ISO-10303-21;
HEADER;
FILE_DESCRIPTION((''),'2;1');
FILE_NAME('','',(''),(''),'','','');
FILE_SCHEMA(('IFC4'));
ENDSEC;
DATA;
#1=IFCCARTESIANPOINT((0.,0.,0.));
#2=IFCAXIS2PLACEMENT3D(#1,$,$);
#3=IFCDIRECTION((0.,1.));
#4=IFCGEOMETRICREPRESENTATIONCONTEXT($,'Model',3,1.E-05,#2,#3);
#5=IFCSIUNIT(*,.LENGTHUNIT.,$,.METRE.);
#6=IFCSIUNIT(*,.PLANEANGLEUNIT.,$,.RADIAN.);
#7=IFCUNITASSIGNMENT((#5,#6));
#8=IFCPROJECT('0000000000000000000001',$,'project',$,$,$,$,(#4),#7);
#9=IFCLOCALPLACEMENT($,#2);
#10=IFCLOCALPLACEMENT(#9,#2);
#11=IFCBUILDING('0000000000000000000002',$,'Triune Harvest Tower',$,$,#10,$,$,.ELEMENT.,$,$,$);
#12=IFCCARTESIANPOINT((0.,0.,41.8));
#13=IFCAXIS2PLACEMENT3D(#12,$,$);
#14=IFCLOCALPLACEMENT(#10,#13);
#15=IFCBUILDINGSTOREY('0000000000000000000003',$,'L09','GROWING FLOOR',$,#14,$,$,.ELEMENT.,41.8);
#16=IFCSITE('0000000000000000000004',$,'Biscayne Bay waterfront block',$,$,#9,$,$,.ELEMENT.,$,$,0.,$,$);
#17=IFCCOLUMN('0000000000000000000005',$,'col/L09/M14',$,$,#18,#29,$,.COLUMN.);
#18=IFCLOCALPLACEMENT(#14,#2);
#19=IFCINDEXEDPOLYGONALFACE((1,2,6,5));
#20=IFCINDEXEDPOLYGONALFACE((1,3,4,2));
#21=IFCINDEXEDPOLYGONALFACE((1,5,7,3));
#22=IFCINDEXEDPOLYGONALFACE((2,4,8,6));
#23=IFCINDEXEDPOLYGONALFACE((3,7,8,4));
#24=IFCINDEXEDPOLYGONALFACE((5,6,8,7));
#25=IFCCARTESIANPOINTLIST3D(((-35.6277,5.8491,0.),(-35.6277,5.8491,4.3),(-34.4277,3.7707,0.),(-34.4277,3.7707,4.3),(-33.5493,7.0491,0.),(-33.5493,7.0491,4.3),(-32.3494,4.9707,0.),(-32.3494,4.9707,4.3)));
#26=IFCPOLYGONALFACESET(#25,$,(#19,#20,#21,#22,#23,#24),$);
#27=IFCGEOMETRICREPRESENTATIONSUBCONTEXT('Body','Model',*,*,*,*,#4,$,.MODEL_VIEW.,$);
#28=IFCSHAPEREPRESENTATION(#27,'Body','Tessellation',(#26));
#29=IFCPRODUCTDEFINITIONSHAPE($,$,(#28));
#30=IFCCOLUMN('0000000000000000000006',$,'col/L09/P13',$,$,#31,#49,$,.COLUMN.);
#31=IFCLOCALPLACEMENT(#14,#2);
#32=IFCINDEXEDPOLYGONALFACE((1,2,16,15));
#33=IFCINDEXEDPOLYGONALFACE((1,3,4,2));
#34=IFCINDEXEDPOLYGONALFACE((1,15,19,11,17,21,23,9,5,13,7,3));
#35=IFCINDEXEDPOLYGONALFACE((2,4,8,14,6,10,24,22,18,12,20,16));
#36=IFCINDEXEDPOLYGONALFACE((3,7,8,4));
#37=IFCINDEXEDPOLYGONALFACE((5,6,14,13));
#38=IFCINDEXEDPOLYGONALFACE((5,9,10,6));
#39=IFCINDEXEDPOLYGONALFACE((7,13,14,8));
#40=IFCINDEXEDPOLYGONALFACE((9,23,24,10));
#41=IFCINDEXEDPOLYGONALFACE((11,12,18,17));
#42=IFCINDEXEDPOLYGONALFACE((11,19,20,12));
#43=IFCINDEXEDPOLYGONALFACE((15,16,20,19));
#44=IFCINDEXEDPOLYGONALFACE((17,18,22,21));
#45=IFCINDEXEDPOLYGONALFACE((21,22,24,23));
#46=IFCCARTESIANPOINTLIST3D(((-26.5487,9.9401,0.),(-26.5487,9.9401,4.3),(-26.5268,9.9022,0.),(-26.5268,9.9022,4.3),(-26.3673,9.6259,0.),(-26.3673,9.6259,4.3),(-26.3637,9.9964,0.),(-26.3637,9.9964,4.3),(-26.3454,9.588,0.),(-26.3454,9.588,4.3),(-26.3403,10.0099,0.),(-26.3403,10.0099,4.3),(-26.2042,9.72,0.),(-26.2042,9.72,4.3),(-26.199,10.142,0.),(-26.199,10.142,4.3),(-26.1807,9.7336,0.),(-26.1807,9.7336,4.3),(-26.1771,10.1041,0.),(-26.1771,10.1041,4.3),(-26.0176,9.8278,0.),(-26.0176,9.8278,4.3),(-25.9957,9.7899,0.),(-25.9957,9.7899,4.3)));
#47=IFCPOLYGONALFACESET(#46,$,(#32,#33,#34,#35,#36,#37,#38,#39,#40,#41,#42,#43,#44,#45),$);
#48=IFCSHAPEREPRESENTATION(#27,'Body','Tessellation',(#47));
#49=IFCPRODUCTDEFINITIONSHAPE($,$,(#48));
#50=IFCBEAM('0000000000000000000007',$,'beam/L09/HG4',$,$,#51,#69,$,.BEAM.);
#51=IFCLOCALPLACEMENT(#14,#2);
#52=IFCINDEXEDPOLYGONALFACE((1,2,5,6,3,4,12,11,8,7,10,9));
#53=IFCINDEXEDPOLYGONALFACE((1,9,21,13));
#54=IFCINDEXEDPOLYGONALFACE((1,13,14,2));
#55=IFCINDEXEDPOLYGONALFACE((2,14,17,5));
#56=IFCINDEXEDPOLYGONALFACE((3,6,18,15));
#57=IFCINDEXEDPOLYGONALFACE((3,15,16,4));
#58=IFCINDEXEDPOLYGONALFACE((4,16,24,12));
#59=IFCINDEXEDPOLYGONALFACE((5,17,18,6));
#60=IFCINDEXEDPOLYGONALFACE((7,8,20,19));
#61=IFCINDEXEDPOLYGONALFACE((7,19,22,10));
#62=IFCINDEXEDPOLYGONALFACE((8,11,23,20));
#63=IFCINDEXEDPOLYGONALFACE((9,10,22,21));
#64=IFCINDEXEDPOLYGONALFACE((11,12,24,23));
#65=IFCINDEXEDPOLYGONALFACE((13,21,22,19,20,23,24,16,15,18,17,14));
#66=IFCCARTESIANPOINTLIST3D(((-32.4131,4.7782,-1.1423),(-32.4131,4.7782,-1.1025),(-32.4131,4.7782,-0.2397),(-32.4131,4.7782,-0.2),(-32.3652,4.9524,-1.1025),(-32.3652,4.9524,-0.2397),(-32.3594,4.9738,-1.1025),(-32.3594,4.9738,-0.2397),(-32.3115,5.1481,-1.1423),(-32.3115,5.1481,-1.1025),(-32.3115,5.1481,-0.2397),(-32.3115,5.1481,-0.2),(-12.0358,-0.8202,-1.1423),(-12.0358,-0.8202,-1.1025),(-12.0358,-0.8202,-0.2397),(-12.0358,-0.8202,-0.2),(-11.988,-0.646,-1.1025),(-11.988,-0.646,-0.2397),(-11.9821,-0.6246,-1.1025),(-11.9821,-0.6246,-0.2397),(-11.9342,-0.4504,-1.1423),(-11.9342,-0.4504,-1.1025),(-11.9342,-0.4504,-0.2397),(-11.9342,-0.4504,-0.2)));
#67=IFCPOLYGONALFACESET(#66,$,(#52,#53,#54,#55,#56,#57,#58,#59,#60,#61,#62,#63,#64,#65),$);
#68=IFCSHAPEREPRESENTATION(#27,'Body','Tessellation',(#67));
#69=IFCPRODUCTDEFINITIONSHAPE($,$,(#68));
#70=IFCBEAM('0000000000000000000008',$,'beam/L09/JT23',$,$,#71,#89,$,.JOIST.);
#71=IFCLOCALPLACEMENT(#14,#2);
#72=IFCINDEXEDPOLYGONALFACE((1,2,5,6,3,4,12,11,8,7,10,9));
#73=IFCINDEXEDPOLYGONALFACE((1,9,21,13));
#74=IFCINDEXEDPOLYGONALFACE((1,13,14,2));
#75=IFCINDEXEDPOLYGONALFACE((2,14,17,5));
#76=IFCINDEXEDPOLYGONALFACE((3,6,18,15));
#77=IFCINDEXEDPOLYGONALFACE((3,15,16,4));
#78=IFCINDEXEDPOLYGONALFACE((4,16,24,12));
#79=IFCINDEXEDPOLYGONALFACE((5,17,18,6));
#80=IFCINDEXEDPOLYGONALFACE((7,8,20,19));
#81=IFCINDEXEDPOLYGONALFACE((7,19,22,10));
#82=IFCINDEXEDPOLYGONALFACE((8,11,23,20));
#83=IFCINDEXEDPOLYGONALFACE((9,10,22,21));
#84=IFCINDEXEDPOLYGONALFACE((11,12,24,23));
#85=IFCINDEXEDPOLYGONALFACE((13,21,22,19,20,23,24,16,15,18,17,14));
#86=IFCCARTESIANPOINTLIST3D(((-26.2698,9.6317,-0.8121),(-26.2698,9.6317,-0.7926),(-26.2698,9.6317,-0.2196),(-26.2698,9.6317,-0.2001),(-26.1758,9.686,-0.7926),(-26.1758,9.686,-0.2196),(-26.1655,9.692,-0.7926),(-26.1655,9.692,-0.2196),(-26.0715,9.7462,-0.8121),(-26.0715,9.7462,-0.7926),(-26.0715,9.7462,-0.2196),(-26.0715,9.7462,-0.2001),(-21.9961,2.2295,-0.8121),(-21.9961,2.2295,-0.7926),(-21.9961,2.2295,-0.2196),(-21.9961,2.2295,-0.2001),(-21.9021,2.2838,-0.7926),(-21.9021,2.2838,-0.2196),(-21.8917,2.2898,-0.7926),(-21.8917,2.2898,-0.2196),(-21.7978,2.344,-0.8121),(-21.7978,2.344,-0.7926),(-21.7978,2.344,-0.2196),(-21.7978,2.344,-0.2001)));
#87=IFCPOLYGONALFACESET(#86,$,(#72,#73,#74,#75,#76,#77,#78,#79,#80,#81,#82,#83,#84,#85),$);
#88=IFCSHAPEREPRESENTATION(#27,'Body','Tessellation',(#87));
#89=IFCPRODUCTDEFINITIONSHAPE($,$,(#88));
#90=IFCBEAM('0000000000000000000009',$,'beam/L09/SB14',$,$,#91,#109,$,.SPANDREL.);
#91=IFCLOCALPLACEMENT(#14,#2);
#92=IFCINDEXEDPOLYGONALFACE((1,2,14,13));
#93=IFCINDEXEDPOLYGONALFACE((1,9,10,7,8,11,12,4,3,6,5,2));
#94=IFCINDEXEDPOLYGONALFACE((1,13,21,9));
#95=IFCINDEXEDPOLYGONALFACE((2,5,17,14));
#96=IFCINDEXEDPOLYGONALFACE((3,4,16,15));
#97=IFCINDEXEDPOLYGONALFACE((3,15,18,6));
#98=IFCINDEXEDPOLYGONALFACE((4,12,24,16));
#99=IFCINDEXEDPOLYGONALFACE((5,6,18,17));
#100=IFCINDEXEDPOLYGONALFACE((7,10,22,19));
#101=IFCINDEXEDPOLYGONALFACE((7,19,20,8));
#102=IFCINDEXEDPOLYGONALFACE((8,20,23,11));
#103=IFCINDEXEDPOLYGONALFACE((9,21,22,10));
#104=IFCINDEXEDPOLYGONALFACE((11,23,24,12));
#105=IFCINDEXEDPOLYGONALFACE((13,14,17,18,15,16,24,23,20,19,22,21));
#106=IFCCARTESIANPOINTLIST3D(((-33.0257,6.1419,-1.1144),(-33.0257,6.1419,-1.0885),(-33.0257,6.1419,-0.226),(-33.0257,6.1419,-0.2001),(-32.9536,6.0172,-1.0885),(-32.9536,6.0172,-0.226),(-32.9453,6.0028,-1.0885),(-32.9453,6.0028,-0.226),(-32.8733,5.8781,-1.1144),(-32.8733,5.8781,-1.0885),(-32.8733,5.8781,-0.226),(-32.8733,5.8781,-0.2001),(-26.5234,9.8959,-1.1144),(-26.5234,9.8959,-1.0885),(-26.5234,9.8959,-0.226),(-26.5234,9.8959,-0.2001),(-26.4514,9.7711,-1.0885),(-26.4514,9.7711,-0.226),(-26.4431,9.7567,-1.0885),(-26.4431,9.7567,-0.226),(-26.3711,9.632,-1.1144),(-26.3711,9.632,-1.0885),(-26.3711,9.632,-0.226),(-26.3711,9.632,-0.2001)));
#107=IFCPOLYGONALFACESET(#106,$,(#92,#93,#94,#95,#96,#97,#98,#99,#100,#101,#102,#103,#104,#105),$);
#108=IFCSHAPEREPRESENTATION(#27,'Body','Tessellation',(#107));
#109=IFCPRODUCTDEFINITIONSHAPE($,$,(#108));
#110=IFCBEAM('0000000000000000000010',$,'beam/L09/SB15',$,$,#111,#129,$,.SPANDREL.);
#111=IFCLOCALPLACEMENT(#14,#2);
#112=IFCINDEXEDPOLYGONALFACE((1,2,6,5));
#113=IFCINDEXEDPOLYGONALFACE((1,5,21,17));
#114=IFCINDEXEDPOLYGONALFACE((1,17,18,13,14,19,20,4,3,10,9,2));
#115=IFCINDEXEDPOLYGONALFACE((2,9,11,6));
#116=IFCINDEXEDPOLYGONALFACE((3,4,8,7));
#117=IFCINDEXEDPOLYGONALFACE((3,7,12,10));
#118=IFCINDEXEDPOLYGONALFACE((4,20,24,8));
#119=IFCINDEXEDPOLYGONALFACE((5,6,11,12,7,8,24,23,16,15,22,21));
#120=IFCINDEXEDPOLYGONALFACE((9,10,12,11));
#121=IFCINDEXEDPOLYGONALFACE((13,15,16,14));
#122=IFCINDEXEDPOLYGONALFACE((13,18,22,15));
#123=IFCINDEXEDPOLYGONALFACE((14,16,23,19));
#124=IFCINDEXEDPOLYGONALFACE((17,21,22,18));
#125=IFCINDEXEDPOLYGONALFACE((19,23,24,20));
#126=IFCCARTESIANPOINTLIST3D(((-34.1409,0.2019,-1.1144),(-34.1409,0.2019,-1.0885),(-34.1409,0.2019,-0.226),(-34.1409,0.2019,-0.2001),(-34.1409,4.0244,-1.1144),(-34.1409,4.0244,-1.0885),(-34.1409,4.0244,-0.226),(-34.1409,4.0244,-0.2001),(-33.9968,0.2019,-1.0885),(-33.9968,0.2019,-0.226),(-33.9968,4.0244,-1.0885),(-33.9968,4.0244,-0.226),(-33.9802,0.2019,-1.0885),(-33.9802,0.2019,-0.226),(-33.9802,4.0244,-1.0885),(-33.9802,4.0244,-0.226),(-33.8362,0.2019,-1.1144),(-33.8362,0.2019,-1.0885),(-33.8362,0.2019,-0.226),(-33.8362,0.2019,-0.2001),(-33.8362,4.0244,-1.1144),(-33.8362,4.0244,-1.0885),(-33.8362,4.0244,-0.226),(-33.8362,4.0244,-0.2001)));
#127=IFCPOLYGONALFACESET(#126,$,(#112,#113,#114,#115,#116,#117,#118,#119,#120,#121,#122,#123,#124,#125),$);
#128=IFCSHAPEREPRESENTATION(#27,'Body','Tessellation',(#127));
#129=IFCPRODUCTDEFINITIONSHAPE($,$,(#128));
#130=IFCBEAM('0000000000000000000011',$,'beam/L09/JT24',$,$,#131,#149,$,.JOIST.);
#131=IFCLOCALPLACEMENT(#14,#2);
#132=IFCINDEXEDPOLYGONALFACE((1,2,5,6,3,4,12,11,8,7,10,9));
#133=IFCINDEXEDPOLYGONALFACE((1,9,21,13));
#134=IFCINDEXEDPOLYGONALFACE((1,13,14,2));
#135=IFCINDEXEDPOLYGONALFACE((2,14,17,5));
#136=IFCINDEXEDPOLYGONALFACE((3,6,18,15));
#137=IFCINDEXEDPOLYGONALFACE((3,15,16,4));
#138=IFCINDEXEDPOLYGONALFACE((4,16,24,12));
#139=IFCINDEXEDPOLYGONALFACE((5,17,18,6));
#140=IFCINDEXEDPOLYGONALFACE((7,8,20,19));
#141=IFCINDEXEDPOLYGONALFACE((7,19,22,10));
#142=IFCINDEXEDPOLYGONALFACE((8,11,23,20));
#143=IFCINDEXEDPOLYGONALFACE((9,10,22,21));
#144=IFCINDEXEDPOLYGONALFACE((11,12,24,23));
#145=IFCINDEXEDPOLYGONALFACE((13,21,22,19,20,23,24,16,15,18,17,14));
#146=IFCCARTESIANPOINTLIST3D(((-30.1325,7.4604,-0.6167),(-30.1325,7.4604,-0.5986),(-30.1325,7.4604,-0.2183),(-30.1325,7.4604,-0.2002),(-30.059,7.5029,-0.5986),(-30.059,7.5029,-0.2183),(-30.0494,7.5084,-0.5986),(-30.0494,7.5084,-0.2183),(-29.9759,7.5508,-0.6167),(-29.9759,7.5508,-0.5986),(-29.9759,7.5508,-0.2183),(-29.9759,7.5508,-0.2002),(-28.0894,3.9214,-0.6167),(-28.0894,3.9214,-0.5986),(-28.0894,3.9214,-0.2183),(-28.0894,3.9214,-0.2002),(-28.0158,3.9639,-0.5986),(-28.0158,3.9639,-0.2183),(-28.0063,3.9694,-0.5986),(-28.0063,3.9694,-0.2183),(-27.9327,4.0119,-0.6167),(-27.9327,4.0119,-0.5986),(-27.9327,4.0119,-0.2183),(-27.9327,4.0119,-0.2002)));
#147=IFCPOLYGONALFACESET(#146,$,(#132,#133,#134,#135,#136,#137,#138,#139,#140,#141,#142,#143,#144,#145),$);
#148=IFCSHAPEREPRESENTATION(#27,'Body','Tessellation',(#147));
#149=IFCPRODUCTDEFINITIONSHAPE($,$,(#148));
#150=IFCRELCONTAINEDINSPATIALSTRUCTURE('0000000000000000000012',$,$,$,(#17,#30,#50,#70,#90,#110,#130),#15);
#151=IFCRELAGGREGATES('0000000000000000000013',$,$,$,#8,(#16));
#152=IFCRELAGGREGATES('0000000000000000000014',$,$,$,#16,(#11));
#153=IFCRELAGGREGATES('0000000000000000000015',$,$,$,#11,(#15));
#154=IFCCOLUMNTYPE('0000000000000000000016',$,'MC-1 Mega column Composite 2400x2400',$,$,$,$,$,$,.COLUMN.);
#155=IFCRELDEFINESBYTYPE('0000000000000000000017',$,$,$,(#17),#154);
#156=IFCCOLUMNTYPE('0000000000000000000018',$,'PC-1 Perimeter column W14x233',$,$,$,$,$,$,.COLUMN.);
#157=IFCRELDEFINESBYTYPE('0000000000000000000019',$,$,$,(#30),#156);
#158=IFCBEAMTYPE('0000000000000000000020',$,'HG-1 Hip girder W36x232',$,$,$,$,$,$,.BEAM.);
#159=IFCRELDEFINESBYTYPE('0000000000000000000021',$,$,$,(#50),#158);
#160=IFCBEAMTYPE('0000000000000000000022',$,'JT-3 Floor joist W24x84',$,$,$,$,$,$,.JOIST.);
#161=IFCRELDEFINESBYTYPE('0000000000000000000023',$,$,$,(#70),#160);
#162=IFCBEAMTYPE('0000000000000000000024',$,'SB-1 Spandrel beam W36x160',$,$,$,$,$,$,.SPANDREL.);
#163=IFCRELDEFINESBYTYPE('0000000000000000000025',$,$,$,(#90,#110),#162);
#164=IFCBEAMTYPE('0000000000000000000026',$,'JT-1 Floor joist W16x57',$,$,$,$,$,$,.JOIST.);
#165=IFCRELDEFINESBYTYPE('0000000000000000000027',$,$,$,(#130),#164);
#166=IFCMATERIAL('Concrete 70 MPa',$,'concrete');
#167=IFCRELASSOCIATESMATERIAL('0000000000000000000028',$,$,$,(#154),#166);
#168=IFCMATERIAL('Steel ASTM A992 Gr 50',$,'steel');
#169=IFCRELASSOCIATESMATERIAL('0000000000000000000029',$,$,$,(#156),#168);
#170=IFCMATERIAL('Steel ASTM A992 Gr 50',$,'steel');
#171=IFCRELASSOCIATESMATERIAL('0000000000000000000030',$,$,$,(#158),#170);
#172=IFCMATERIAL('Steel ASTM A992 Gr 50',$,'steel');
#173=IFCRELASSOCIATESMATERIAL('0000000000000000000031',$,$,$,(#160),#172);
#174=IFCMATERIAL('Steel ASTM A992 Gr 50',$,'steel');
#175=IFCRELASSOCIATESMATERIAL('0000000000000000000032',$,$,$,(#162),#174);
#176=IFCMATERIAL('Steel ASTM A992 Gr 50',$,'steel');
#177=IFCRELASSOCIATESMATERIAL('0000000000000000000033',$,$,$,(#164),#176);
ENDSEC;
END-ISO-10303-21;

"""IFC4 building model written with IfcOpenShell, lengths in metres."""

from ifc_helpers import new_model, si_unit, direction, frame, origin, origin_2d, place, context, subcontext, project, spatial, rectangle, i_section, extrude, source, transform, mapped, material, material_profile, profile_set, type_object, element, save


model = new_model("IFC4")

# Units and contexts
model_context = context("Model", 3, precision=1e-05, world=origin(), true_north=direction((0.0, 1.0)))
body_context = subcontext(model_context, "Body", "Model", "MODEL_VIEW")
ifc_project = project(units=[si_unit("LENGTHUNIT", "METRE"), si_unit("PLANEANGLEUNIT", "RADIAN")], contexts=[model_context])

# Site, building, storey
site_placement = place(None, origin())
site = spatial("IfcSite", under=ifc_project, at=site_placement, Name="Biscayne Bay waterfront block", CompositionType="ELEMENT", RefElevation=0.0)
building_placement = place(site_placement, origin())
building = spatial("IfcBuilding", under=site, at=building_placement, Name="Triune Harvest Tower", CompositionType="ELEMENT")
storey_placement = place(building_placement, frame((0.0, 0.0, 41.8)))
storey = spatial("IfcBuildingStorey", under=building, at=storey_placement, Name="L09", Description="GROWING FLOOR", CompositionType="ELEMENT", Elevation=41.8)

# Columns
ifc_material_1 = material(Name="Concrete 70 MPa", Category="concrete")
ifc_material_profile_1 = material_profile(ifc_material_1, rectangle(XDim=2.3999, YDim=2.3999, at=origin_2d()), Name="Composite 2400x2400")
ifc_profile_set_1 = profile_set([ifc_material_profile_1], Name="Concrete 70 MPa")
column_type_1 = type_object("IfcColumnType", Name="MC-1 Mega column Composite 2400x2400", PredefinedType="COLUMN", material=ifc_profile_set_1)
shared_shape_1 = source(origin(), body_context, "Body", "SweptSolid", [
    extrude(rectangle(XDim=2.3999, YDim=2.3999, at=origin_2d()), origin(), (0.0, 0.0, 1.0), 4.3),
])
column_1_placement = place(storey_placement, frame((-33.9885, 5.4099, 0.0), z_axis=(0.0, 0.0, 1.0), x_axis=(-0.866025, -0.5, 0.0)))
element("IfcColumn", 1, at=column_1_placement, inside=storey, type_object=column_type_1, Name="col/L09/M14", PredefinedType="COLUMN", context=body_context, shape_type="MappedRepresentation", body=[
    mapped(shared_shape_1, transform((0.0, 0.0, 0.0), scale=1.0)),
])
ifc_material_2 = material(Name="Steel ASTM A992 Gr 50", Category="steel")
ifc_material_profile_2 = material_profile(ifc_material_2, i_section(OverallWidth=0.4038, OverallDepth=0.4065, WebThickness=0.0271, FlangeThickness=0.0437, at=origin_2d()), Name="W14x233")
ifc_profile_set_2 = profile_set([ifc_material_profile_2], Name="Steel ASTM A992 Gr 50")
column_type_2 = type_object("IfcColumnType", Name="PC-1 Perimeter column W14x233", PredefinedType="COLUMN", material=ifc_profile_set_2)
shared_shape_2 = source(origin(), body_context, "Body", "SweptSolid", [
    extrude(i_section(OverallWidth=0.4038, OverallDepth=0.4065, WebThickness=0.0271, FlangeThickness=0.0437, at=origin_2d()), origin(), (0.0, 0.0, 1.0), 4.3),
])
column_2_placement = place(storey_placement, frame((-26.2722, 9.865, 0.0), z_axis=(0.0, 0.0, 1.0), x_axis=(-0.866025, -0.5, 0.0)))
element("IfcColumn", 2, at=column_2_placement, inside=storey, type_object=column_type_2, Name="col/L09/P13", PredefinedType="COLUMN", context=body_context, shape_type="MappedRepresentation", body=[
    mapped(shared_shape_2, transform((0.0, 0.0, 0.0), scale=1.0)),
])

# Beams
ifc_material_3 = material(Name="Steel ASTM A992 Gr 50", Category="steel")
ifc_material_profile_3 = material_profile(ifc_material_3, i_section(OverallWidth=0.3835, OverallDepth=0.9424, WebThickness=0.0222, FlangeThickness=0.0398, at=origin_2d()), Name="W36x232")
ifc_profile_set_3 = profile_set([ifc_material_profile_3], Name="Steel ASTM A992 Gr 50")
beam_type_1 = type_object("IfcBeamType", Name="HG-1 Hip girder W36x232", PredefinedType="BEAM", material=ifc_profile_set_3)
shared_shape_3 = source(origin(), body_context, "Body", "SweptSolid", [
    extrude(i_section(OverallWidth=0.3835, OverallDepth=0.9424, WebThickness=0.0222, FlangeThickness=0.0398, at=origin_2d()), origin(), (0.0, 0.0, 1.0), 21.1323),
])
beam_1_placement = place(storey_placement, frame((-32.3623, 4.9631, -0.6711), z_axis=(0.96427, -0.264922, 0.0), x_axis=(0.264922, 0.96427, 0.0)))
element("IfcBeam", 3, at=beam_1_placement, inside=storey, type_object=beam_type_1, Name="beam/L09/HG4", PredefinedType="BEAM", context=body_context, shape_type="MappedRepresentation", body=[
    mapped(shared_shape_3, transform((0.0, 0.0, 0.0), scale=1.0)),
])
ifc_material_4 = material(Name="Steel ASTM A992 Gr 50", Category="steel")
ifc_material_profile_4 = material_profile(ifc_material_4, i_section(OverallWidth=0.229, OverallDepth=0.6121, WebThickness=0.012, FlangeThickness=0.0195, at=origin_2d()), Name="W24x84")
ifc_profile_set_4 = profile_set([ifc_material_profile_4], Name="Steel ASTM A992 Gr 50")
beam_type_2 = type_object("IfcBeamType", Name="JT-3 Floor joist W24x84", PredefinedType="JOIST", material=ifc_profile_set_4)
shared_shape_4 = source(origin(), body_context, "Body", "SweptSolid", [
    extrude(i_section(OverallWidth=0.229, OverallDepth=0.6121, WebThickness=0.012, FlangeThickness=0.0195, at=origin_2d()), origin(), (0.0, 0.0, 1.0), 8.5474),
])
beam_2_placement = place(storey_placement, frame((-26.1707, 9.689, -0.5061), z_axis=(0.500007, -0.866021, 0.0), x_axis=(0.866021, 0.500007, 0.0)))
element("IfcBeam", 4, at=beam_2_placement, inside=storey, type_object=beam_type_2, Name="beam/L09/JT23", PredefinedType="JOIST", context=body_context, shape_type="MappedRepresentation", body=[
    mapped(shared_shape_4, transform((0.0, 0.0, 0.0), scale=1.0)),
])
ifc_material_5 = material(Name="Steel ASTM A992 Gr 50", Category="steel")
ifc_material_profile_5 = material_profile(ifc_material_5, i_section(OverallWidth=0.3047, OverallDepth=0.9143, WebThickness=0.0166, FlangeThickness=0.0259, at=origin_2d()), Name="W36x160")
ifc_profile_set_5 = profile_set([ifc_material_profile_5], Name="Steel ASTM A992 Gr 50")
beam_type_3 = type_object("IfcBeamType", Name="SB-1 Spandrel beam W36x160", PredefinedType="SPANDREL", material=ifc_profile_set_5)
shared_shape_5 = source(origin(), body_context, "Body", "SweptSolid", [
    extrude(i_section(OverallWidth=0.3047, OverallDepth=0.9143, WebThickness=0.0166, FlangeThickness=0.0259, at=origin_2d()), origin(), (0.0, 0.0, 1.0), 7.5081),
])
beam_3_placement = place(storey_placement, frame((-26.4473, 9.7639, -0.6572), z_axis=(-0.866033, -0.499986, 0.0), x_axis=(0.499986, -0.866033, 0.0)))
element("IfcBeam", 5, at=beam_3_placement, inside=storey, type_object=beam_type_3, Name="beam/L09/SB14", PredefinedType="SPANDREL", context=body_context, shape_type="MappedRepresentation", body=[
    mapped(shared_shape_5, transform((0.0, 0.0, 0.0), scale=1.0)),
])
shared_shape_6 = source(origin(), body_context, "Body", "SweptSolid", [
    extrude(i_section(OverallWidth=0.3047, OverallDepth=0.9143, WebThickness=0.0166, FlangeThickness=0.0259, at=origin_2d()), origin(), (0.0, 0.0, 1.0), 3.8225),
])
beam_4_placement = place(storey_placement, frame((-33.9885, 4.0244, -0.6572), z_axis=(0.0, -1.0, 0.0), x_axis=(1.0, 0.0, 0.0)))
element("IfcBeam", 6, at=beam_4_placement, inside=storey, type_object=beam_type_3, Name="beam/L09/SB15", PredefinedType="SPANDREL", context=body_context, shape_type="MappedRepresentation", body=[
    mapped(shared_shape_6, transform((0.0, 0.0, 0.0), scale=1.0)),
])
ifc_material_6 = material(Name="Steel ASTM A992 Gr 50", Category="steel")
ifc_material_profile_6 = material_profile(ifc_material_6, i_section(OverallWidth=0.1809, OverallDepth=0.4165, WebThickness=0.011, FlangeThickness=0.0181, at=origin_2d()), Name="W16x57")
ifc_profile_set_6 = profile_set([ifc_material_profile_6], Name="Steel ASTM A992 Gr 50")
beam_type_4 = type_object("IfcBeamType", Name="JT-1 Floor joist W16x57", PredefinedType="JOIST", material=ifc_profile_set_6)
shared_shape_7 = source(origin(), body_context, "Body", "SweptSolid", [
    extrude(i_section(OverallWidth=0.1809, OverallDepth=0.4165, WebThickness=0.011, FlangeThickness=0.0181, at=origin_2d()), origin(), (0.0, 0.0, 1.0), 4.0864),
])
beam_5_placement = place(storey_placement, frame((-30.0542, 7.5056, -0.4084), z_axis=(0.499988, -0.866032, 0.0), x_axis=(0.866032, 0.499988, 0.0)))
element("IfcBeam", 7, at=beam_5_placement, inside=storey, type_object=beam_type_4, Name="beam/L09/JT24", PredefinedType="JOIST", context=body_context, shape_type="MappedRepresentation", body=[
    mapped(shared_shape_7, transform((0.0, 0.0, 0.0), scale=1.0)),
])

save(model, "model.ifc")
